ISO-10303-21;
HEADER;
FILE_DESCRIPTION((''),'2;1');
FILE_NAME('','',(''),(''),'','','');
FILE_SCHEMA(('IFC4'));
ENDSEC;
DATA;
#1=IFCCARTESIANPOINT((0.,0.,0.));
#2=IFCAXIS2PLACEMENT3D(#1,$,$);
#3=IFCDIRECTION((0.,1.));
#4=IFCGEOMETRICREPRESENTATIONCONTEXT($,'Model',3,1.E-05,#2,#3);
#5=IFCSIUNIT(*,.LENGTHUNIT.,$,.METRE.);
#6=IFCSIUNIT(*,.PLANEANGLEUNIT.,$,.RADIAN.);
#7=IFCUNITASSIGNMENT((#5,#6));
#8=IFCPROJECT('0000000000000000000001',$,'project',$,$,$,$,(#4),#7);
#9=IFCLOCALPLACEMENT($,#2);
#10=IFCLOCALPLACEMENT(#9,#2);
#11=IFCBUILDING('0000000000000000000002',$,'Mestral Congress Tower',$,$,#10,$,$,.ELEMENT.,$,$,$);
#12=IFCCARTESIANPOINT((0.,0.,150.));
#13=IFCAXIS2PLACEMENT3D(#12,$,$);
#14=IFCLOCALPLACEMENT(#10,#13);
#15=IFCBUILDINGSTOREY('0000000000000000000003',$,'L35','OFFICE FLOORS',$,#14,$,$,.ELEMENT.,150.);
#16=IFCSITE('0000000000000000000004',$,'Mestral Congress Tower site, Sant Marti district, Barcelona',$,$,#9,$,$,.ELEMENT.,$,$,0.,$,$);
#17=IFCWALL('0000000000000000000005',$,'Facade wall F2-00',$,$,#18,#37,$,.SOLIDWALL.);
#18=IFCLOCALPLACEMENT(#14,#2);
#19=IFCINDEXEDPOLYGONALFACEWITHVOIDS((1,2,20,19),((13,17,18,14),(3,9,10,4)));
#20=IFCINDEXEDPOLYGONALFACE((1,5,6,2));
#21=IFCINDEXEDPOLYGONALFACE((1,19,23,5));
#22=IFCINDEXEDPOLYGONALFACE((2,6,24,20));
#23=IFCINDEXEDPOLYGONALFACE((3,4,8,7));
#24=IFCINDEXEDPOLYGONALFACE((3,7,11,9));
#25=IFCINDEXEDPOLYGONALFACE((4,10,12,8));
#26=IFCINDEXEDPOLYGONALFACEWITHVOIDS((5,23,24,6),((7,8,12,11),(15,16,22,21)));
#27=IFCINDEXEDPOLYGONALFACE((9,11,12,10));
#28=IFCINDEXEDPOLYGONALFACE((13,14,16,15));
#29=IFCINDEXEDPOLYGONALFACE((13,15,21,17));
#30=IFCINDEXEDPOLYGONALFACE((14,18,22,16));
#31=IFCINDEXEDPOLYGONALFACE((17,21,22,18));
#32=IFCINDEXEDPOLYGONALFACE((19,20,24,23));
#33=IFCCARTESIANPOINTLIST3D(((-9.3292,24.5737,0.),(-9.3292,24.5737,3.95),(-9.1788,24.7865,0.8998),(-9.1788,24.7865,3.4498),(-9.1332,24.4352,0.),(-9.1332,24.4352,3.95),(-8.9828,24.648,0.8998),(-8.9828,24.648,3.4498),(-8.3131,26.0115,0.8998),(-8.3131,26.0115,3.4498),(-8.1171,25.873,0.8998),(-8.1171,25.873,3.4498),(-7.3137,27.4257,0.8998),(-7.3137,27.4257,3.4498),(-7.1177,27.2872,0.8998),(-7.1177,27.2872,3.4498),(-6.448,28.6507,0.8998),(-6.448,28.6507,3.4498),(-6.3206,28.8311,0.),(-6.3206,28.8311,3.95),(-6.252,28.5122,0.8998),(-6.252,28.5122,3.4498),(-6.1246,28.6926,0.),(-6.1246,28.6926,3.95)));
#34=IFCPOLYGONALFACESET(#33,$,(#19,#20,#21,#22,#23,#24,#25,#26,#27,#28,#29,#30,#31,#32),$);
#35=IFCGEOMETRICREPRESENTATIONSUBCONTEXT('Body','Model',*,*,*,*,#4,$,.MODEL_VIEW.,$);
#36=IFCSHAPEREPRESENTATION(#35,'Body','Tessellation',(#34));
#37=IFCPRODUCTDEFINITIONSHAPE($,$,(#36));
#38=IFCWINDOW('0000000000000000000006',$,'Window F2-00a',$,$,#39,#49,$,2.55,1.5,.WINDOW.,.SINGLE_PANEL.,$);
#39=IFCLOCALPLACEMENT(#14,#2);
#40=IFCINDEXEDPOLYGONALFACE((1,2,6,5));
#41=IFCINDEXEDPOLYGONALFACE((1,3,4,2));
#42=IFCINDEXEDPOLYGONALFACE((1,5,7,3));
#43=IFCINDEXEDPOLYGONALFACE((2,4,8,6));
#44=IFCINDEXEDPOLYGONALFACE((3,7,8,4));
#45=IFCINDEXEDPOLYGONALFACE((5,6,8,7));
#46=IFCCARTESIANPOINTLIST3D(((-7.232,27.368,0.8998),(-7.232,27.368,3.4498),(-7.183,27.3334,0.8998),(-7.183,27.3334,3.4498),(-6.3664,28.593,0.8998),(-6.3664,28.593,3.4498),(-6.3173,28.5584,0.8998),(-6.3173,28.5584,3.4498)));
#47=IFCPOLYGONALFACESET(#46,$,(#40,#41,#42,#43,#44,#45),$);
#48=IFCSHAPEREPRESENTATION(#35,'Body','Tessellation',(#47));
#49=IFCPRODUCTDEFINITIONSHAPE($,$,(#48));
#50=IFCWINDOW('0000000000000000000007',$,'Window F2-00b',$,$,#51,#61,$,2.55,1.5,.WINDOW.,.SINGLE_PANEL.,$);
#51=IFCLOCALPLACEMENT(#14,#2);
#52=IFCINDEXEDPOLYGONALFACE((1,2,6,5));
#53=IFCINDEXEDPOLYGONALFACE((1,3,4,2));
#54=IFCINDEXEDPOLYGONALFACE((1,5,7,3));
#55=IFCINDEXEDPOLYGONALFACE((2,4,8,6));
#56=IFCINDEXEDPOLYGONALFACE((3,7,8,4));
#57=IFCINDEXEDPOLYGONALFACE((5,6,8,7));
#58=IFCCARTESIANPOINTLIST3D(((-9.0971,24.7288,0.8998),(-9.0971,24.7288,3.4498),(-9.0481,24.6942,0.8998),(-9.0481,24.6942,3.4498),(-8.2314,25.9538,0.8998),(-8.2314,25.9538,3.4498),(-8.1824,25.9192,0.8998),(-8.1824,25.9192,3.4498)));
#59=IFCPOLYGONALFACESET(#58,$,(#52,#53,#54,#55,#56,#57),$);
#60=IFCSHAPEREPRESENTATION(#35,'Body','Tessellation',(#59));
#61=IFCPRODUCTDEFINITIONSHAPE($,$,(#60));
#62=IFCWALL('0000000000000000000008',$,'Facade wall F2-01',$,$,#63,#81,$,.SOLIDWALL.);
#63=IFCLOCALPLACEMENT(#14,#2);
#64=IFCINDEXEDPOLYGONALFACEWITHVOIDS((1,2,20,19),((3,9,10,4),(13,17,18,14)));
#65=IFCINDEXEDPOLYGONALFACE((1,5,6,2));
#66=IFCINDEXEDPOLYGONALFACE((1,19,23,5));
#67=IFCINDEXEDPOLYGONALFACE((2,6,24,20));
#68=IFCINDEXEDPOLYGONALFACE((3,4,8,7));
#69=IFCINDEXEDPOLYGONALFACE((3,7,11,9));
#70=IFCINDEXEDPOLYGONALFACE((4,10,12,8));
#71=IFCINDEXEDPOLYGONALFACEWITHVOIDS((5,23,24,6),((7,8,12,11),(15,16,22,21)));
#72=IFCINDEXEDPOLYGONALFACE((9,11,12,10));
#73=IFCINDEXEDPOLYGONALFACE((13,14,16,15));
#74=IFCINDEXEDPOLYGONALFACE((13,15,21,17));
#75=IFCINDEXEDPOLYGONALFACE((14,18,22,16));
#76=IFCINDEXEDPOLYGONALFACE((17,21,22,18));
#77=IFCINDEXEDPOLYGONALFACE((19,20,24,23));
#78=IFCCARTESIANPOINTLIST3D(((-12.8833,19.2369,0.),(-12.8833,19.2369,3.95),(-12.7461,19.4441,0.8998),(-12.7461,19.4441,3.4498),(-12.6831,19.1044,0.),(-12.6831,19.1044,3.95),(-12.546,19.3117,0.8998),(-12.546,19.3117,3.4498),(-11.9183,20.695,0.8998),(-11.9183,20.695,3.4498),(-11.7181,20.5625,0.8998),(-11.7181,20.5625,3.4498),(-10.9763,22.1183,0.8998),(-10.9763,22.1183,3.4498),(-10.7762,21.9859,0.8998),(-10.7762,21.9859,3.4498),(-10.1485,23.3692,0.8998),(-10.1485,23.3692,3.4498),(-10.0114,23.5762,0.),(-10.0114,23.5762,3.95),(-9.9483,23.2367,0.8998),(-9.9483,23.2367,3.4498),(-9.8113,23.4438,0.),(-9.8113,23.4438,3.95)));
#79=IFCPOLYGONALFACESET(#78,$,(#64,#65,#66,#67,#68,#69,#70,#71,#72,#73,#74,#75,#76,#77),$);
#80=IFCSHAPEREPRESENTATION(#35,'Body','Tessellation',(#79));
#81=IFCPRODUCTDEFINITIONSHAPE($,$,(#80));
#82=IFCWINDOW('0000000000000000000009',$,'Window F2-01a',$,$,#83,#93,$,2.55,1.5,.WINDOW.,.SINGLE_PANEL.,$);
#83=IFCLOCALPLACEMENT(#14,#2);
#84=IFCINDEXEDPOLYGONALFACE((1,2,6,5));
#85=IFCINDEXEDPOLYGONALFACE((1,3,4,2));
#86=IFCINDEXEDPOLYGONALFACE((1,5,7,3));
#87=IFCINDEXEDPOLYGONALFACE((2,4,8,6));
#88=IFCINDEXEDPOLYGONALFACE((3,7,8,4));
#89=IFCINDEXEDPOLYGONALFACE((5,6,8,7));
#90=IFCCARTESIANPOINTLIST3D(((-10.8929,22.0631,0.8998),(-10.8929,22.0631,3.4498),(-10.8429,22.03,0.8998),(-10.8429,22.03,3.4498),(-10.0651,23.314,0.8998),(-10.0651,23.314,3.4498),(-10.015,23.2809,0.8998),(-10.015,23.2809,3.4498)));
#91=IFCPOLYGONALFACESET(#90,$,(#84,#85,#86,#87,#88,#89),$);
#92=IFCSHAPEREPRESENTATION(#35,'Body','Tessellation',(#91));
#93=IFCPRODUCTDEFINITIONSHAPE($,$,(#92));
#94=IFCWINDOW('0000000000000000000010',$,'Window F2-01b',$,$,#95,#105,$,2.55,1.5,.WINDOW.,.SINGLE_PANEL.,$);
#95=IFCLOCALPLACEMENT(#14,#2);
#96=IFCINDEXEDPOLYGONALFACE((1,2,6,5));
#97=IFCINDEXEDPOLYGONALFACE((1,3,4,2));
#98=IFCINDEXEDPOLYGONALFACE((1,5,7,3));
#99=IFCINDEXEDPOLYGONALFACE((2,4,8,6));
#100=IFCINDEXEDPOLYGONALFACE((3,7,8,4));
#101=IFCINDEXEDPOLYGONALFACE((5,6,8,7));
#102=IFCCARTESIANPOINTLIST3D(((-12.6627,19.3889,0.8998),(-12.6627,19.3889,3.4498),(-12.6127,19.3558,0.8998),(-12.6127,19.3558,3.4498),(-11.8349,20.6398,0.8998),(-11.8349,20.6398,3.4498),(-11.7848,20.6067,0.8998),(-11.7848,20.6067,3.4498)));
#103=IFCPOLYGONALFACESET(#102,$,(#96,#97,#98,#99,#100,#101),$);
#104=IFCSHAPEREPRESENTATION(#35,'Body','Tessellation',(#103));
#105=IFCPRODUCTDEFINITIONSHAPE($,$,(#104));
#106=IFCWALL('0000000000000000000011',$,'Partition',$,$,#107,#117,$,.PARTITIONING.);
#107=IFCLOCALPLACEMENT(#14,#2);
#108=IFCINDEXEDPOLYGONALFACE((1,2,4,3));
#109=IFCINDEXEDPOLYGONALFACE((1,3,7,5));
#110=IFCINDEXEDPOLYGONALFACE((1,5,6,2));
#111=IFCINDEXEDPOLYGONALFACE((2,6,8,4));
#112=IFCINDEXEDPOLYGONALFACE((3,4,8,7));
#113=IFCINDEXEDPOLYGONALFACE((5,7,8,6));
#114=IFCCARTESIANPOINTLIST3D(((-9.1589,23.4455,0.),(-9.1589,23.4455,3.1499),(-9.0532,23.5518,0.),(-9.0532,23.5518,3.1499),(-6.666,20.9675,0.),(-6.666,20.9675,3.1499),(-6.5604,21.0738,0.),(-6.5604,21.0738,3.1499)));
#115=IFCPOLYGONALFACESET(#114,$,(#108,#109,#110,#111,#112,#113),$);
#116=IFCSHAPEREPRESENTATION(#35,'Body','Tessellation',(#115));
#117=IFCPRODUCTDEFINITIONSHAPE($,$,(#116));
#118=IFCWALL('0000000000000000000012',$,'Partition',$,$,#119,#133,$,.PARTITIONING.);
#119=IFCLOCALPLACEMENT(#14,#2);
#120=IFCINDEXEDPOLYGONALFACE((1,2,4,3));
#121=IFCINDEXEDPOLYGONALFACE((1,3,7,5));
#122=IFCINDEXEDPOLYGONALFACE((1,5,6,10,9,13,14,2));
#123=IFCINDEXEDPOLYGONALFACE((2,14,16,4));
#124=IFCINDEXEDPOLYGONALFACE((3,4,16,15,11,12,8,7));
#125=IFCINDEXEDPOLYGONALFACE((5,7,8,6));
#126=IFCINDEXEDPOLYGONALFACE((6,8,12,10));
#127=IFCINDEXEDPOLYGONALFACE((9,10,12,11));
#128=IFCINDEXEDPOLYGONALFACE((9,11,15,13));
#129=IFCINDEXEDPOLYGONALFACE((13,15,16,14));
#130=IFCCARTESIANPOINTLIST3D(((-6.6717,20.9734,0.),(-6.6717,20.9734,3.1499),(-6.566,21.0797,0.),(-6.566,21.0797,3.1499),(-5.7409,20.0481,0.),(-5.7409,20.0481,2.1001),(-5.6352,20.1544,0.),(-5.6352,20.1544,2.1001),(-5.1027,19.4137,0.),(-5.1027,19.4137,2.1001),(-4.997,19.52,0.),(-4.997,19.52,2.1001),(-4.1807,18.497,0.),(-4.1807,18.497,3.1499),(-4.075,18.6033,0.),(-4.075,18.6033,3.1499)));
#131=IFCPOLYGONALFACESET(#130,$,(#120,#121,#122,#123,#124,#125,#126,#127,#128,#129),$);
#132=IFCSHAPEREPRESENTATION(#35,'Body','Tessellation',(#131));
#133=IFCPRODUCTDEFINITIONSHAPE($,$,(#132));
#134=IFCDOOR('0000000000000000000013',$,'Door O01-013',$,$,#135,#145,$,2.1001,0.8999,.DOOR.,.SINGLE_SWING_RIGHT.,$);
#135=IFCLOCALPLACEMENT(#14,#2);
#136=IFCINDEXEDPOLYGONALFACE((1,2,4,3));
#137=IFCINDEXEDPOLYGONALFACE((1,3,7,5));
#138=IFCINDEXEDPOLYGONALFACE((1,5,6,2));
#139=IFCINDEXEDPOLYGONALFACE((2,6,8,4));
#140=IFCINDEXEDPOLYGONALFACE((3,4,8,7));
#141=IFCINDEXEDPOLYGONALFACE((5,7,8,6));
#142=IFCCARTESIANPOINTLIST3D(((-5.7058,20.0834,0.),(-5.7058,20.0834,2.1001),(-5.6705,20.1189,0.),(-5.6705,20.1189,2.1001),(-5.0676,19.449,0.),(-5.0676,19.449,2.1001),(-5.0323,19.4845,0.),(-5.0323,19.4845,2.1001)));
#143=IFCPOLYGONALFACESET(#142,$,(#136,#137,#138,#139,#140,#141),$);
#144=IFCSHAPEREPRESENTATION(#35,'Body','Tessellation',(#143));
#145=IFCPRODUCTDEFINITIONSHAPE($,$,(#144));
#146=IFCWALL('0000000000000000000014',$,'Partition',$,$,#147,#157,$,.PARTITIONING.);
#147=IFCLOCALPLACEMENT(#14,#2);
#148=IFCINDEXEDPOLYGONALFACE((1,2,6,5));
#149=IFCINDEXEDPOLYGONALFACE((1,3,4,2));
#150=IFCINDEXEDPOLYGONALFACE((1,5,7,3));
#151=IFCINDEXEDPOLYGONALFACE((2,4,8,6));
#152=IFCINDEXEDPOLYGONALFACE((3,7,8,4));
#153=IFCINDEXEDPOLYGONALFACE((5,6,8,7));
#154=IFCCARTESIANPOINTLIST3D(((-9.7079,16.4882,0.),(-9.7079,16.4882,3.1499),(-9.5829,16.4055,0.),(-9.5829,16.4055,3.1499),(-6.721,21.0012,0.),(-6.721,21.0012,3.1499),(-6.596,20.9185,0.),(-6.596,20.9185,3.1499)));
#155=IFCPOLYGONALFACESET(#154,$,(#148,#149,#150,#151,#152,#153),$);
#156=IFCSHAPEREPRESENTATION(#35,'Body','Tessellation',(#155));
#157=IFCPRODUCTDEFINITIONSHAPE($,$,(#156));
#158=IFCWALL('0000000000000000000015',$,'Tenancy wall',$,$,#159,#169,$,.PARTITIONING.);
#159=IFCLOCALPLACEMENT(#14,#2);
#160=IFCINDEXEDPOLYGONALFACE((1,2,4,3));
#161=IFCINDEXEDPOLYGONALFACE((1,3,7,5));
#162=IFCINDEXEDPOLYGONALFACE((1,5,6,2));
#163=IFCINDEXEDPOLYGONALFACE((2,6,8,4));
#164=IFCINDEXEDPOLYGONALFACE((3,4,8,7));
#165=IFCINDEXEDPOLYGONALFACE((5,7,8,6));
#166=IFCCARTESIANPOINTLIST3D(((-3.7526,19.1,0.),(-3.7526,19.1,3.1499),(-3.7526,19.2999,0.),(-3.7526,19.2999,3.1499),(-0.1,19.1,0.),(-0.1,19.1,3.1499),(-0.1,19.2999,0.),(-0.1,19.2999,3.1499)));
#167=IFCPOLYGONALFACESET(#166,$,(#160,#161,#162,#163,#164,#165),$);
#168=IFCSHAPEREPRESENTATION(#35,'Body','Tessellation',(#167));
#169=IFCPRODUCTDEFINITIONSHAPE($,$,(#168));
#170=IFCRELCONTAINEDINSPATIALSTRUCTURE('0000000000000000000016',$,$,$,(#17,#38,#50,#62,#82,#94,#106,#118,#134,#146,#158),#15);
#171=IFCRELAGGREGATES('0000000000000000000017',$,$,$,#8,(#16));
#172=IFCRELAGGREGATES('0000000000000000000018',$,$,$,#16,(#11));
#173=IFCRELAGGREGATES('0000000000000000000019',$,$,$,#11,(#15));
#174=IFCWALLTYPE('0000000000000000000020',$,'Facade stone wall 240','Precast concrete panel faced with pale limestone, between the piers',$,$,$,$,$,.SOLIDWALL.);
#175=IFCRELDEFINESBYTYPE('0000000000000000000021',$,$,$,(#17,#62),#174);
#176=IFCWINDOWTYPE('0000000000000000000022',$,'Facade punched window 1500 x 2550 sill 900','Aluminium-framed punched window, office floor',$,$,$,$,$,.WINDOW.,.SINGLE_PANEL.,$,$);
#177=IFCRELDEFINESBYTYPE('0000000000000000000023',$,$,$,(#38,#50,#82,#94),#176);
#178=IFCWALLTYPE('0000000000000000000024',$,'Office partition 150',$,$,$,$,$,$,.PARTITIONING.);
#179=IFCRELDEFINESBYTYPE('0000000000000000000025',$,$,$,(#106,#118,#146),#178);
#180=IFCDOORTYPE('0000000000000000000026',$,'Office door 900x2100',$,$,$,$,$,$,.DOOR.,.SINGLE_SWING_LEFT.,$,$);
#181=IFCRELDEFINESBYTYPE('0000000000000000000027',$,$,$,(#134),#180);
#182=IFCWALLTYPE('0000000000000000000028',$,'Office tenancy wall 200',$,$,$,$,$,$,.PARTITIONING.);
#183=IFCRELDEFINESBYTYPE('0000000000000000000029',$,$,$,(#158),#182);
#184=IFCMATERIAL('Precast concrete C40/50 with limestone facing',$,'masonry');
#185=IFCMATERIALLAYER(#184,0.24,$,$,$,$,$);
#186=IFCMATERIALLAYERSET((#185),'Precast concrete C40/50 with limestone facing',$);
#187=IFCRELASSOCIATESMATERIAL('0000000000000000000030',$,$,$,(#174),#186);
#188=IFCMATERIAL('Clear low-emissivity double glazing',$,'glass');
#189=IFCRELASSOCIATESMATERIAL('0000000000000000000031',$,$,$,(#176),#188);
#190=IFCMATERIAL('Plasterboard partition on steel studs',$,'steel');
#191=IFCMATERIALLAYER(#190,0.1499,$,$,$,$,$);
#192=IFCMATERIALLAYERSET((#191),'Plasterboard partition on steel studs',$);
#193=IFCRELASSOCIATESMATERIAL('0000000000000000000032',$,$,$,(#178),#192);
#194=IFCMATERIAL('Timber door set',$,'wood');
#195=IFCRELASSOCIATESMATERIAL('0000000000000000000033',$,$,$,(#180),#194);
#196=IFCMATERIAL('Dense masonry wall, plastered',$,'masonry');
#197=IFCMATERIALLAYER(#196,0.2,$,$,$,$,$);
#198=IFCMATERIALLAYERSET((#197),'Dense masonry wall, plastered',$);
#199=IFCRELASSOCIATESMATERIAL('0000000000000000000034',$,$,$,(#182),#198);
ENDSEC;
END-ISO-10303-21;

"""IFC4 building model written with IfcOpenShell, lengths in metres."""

from ifc_helpers import new_model, si_unit, direction, frame, frame_2d, origin, place, context, subcontext, project, spatial, rectangle, extrude, material, layer, layer_set, type_object, element, fill, save


model = new_model("IFC4")

# Units and contexts
model_context = context("Model", 3, precision=1e-05, world=origin(), true_north=direction((0.0, 1.0)))
body_context = subcontext(model_context, "Body", "Model", "MODEL_VIEW")
ifc_project = project(units=[si_unit("LENGTHUNIT", "METRE"), si_unit("PLANEANGLEUNIT", "RADIAN")], contexts=[model_context])

# Site, building, storey
site_placement = place(None, origin())
site = spatial("IfcSite", under=ifc_project, at=site_placement, Name="Mestral Congress Tower site, Sant Marti district, Barcelona", CompositionType="ELEMENT", RefElevation=0.0)
building_placement = place(site_placement, origin())
building = spatial("IfcBuilding", under=site, at=building_placement, Name="Mestral Congress Tower", CompositionType="ELEMENT")
storey_placement = place(building_placement, frame((0.0, 0.0, 150.0)))
storey = spatial("IfcBuildingStorey", under=building, at=storey_placement, Name="L35", Description="OFFICE FLOORS", CompositionType="ELEMENT", Elevation=150.0)

# Shared definitions
ifc_material_1 = material(Name="Precast concrete C40/50 with limestone facing", Category="masonry")
ifc_layer_1 = layer(ifc_material_1, 0.24)
ifc_layer_set_1 = layer_set([ifc_layer_1], Name="Precast concrete C40/50 with limestone facing")
wall_type_1 = type_object("IfcWallType", Name="Facade stone wall 240", Description="Precast concrete panel faced with pale limestone, between the piers", PredefinedType="SOLIDWALL", material=ifc_layer_set_1)
ifc_material_2 = material(Name="Clear low-emissivity double glazing", Category="glass")

# Walls, openings, windows
wall_1_placement = place(storey_placement, frame((-6.2227, 28.7617, 0.0), z_axis=(0.0, 0.0, 1.0), x_axis=(-0.577115, -0.816663, 0.0)))
wall_1 = element("IfcWall", 1, at=wall_1_placement, inside=storey, type_object=wall_type_1, Name="Facade wall F2-00", PredefinedType="SOLIDWALL", context=body_context, shape_type="SweptSolid", body=[
    extrude(rectangle(XDim=5.2131, YDim=0.24, at=frame_2d((2.6064, 0.0))), origin(), (0.0, 0.0, 1.0), 3.95),
])
opening_1_placement = place(wall_1_placement, frame((0.2207, 0.0, 0.8999)))
opening_1 = element("IfcOpeningElement", 2, at=opening_1_placement, cuts=wall_1, PredefinedType="OPENING", context=body_context, shape_type="SweptSolid", body=[
    extrude(rectangle(XDim=1.5, YDim=2.55, at=frame_2d((0.75, 1.2749))), frame((0.0, 0.1299, 0.0), z_axis=(0.0, -1.0, 0.0), x_axis=(1.0, 0.0, 0.0)), (0.0, 0.0, 1.0), 0.26),
])
opening_2_placement = place(wall_1_placement, frame((3.4524, 0.0, 0.8999)))
opening_2 = element("IfcOpeningElement", 3, at=opening_2_placement, cuts=wall_1, PredefinedType="OPENING", context=body_context, shape_type="SweptSolid", body=[
    extrude(rectangle(XDim=1.5, YDim=2.55, at=frame_2d((0.75, 1.2749))), frame((0.0, 0.1299, 0.0), z_axis=(0.0, -1.0, 0.0), x_axis=(1.0, 0.0, 0.0)), (0.0, 0.0, 1.0), 0.26),
])
window_type_1 = type_object("IfcWindowType", Name="Facade punched window 1500 x 2550 sill 900", Description="Aluminium-framed punched window, office floor", PartitioningType="SINGLE_PANEL", PredefinedType="WINDOW", material=ifc_material_2)
window_1_placement = place(opening_1_placement, origin())
window_1 = element("IfcWindow", 4, at=window_1_placement, inside=storey, type_object=window_type_1, Name="Window F2-00a", OverallHeight=2.55, OverallWidth=1.5, PartitioningType="SINGLE_PANEL", PredefinedType="WINDOW", context=body_context, shape_type="SweptSolid", body=[
    extrude(rectangle(XDim=1.5, YDim=2.55, at=frame_2d((0.75, 1.2749))), frame((0.0, 0.04, 0.0), z_axis=(0.0, -1.0, 0.0), x_axis=(1.0, 0.0, 0.0)), (0.0, 0.0, 1.0), 0.0601),
])
fill(opening_1, window_1)
window_2_placement = place(opening_2_placement, origin())
window_2 = element("IfcWindow", 5, at=window_2_placement, inside=storey, type_object=window_type_1, Name="Window F2-00b", OverallHeight=2.55, OverallWidth=1.5, PartitioningType="SINGLE_PANEL", PredefinedType="WINDOW", context=body_context, shape_type="SweptSolid", body=[
    extrude(rectangle(XDim=1.5, YDim=2.55, at=frame_2d((0.75, 1.2749))), frame((0.0, 0.04, 0.0), z_axis=(0.0, -1.0, 0.0), x_axis=(1.0, 0.0, 0.0)), (0.0, 0.0, 1.0), 0.0601),
])
fill(opening_2, window_2)
wall_2_placement = place(storey_placement, frame((-9.9114, 23.51, 0.0), z_axis=(0.0, 0.0, 1.0), x_axis=(-0.551893, -0.833915, 0.0)))
wall_2 = element("IfcWall", 6, at=wall_2_placement, inside=storey, type_object=wall_type_1, Name="Facade wall F2-01", PredefinedType="SOLIDWALL", context=body_context, shape_type="SweptSolid", body=[
    extrude(rectangle(XDim=5.2036, YDim=0.24, at=frame_2d((2.6018, 0.0))), origin(), (0.0, 0.0, 1.0), 3.95),
])
opening_3_placement = place(wall_2_placement, frame((0.2483, 0.0, 0.8999)))
opening_3 = element("IfcOpeningElement", 7, at=opening_3_placement, cuts=wall_2, PredefinedType="OPENING", context=body_context, shape_type="SweptSolid", body=[
    extrude(rectangle(XDim=1.5, YDim=2.55, at=frame_2d((0.75, 1.2749))), frame((0.0, 0.1299, 0.0), z_axis=(0.0, -1.0, 0.0), x_axis=(1.0, 0.0, 0.0)), (0.0, 0.0, 1.0), 0.26),
])
opening_4_placement = place(wall_2_placement, frame((3.4551, 0.0, 0.8999)))
opening_4 = element("IfcOpeningElement", 8, at=opening_4_placement, cuts=wall_2, PredefinedType="OPENING", context=body_context, shape_type="SweptSolid", body=[
    extrude(rectangle(XDim=1.5, YDim=2.55, at=frame_2d((0.75, 1.2749))), frame((0.0, 0.1299, 0.0), z_axis=(0.0, -1.0, 0.0), x_axis=(1.0, 0.0, 0.0)), (0.0, 0.0, 1.0), 0.26),
])
window_3_placement = place(opening_3_placement, origin())
window_3 = element("IfcWindow", 9, at=window_3_placement, inside=storey, type_object=window_type_1, Name="Window F2-01a", OverallHeight=2.55, OverallWidth=1.5, PartitioningType="SINGLE_PANEL", PredefinedType="WINDOW", context=body_context, shape_type="SweptSolid", body=[
    extrude(rectangle(XDim=1.5, YDim=2.55, at=frame_2d((0.75, 1.2749))), frame((0.0, 0.04, 0.0), z_axis=(0.0, -1.0, 0.0), x_axis=(1.0, 0.0, 0.0)), (0.0, 0.0, 1.0), 0.0601),
])
fill(opening_3, window_3)
window_4_placement = place(opening_4_placement, origin())
window_4 = element("IfcWindow", 10, at=window_4_placement, inside=storey, type_object=window_type_1, Name="Window F2-01b", OverallHeight=2.55, OverallWidth=1.5, PartitioningType="SINGLE_PANEL", PredefinedType="WINDOW", context=body_context, shape_type="SweptSolid", body=[
    extrude(rectangle(XDim=1.5, YDim=2.55, at=frame_2d((0.75, 1.2749))), frame((0.0, 0.04, 0.0), z_axis=(0.0, -1.0, 0.0), x_axis=(1.0, 0.0, 0.0)), (0.0, 0.0, 1.0), 0.0601),
])
fill(opening_4, window_4)

# Wall
ifc_material_3 = material(Name="Plasterboard partition on steel studs", Category="steel")
ifc_layer_2 = layer(ifc_material_3, 0.1499)
ifc_layer_set_2 = layer_set([ifc_layer_2], Name="Plasterboard partition on steel studs")
wall_type_2 = type_object("IfcWallType", Name="Office partition 150", PredefinedType="PARTITIONING", material=ifc_layer_set_2)
wall_3_placement = place(storey_placement, frame((-6.6133, 21.0208, 0.0), z_axis=(0.0, 0.0, 1.0), x_axis=(-0.709222, 0.704985, 0.0)))
element("IfcWall", 11, at=wall_3_placement, inside=storey, type_object=wall_type_2, Name="Partition", PredefinedType="PARTITIONING", context=body_context, shape_type="SweptSolid", body=[
    extrude(rectangle(XDim=3.5149, YDim=0.1499, at=frame_2d((1.7573, 0.0))), origin(), (0.0, 0.0, 1.0), 3.1499),
])

# Wall, opening, door
wall_4_placement = place(storey_placement, frame((-6.6189, 21.0266, 0.0), z_axis=(0.0, 0.0, 1.0), x_axis=(0.709189, -0.705018, 0.0)))
wall_4 = element("IfcWall", 12, at=wall_4_placement, inside=storey, type_object=wall_type_2, Name="Partition", PredefinedType="PARTITIONING", context=body_context, shape_type="SweptSolid", body=[
    extrude(rectangle(XDim=3.5125, YDim=0.1499, at=frame_2d((1.7563, 0.0))), origin(), (0.0, 0.0, 1.0), 3.1499),
])
opening_5_placement = place(wall_4_placement, frame((1.3125, 0.0, 0.0)))
opening_5 = element("IfcOpeningElement", 13, at=opening_5_placement, cuts=wall_4, PredefinedType="OPENING", context=body_context, shape_type="SweptSolid", body=[
    extrude(rectangle(XDim=0.8999, YDim=2.1001, at=frame_2d((0.45, 1.05))), frame((0.0, 0.085, 0.0), z_axis=(0.0, -1.0, 0.0), x_axis=(1.0, 0.0, 0.0)), (0.0, 0.0, 1.0), 0.1699),
])
ifc_material_4 = material(Name="Timber door set", Category="wood")
door_type = type_object("IfcDoorType", Name="Office door 900x2100", OperationType="SINGLE_SWING_LEFT", PredefinedType="DOOR", material=ifc_material_4)
door_placement = place(opening_5_placement, origin())
door = element("IfcDoor", 14, at=door_placement, inside=storey, type_object=door_type, Name="Door O01-013", OperationType="SINGLE_SWING_RIGHT", OverallHeight=2.1001, OverallWidth=0.8999, PredefinedType="DOOR", context=body_context, shape_type="SweptSolid", body=[
    extrude(rectangle(XDim=0.8999, YDim=2.1001, at=frame_2d((0.45, 1.05))), frame((0.0, 0.0249, 0.0), z_axis=(0.0, -1.0, 0.0), x_axis=(1.0, 0.0, 0.0)), (0.0, 0.0, 1.0), 0.05),
])
fill(opening_5, door)

# Walls
wall_5_placement = place(storey_placement, frame((-6.6584, 20.96, 0.0), z_axis=(0.0, 0.0, 1.0), x_axis=(-0.551907, -0.833906, 0.0)))
element("IfcWall", 15, at=wall_5_placement, inside=storey, type_object=wall_type_2, Name="Partition", PredefinedType="PARTITIONING", context=body_context, shape_type="SweptSolid", body=[
    extrude(rectangle(XDim=5.4119, YDim=0.1499, at=frame_2d((2.7061, 0.0))), origin(), (0.0, 0.0, 1.0), 3.1499),
])
ifc_material_5 = material(Name="Dense masonry wall, plastered", Category="masonry")
ifc_layer_3 = layer(ifc_material_5, 0.2)
ifc_layer_set_3 = layer_set([ifc_layer_3], Name="Dense masonry wall, plastered")
wall_type_3 = type_object("IfcWallType", Name="Office tenancy wall 200", PredefinedType="PARTITIONING", material=ifc_layer_set_3)
wall_6_placement = place(storey_placement, frame((-0.1001, 19.2, 0.0), z_axis=(0.0, 0.0, 1.0), x_axis=(-1.0, 0.0, 0.0)))
element("IfcWall", 16, at=wall_6_placement, inside=storey, type_object=wall_type_3, Name="Tenancy wall", PredefinedType="PARTITIONING", context=body_context, shape_type="SweptSolid", body=[
    extrude(rectangle(XDim=3.6526, YDim=0.2, at=frame_2d((1.8262, 0.0))), origin(), (0.0, 0.0, 1.0), 3.1499),
])

save(model, "model.ifc")
